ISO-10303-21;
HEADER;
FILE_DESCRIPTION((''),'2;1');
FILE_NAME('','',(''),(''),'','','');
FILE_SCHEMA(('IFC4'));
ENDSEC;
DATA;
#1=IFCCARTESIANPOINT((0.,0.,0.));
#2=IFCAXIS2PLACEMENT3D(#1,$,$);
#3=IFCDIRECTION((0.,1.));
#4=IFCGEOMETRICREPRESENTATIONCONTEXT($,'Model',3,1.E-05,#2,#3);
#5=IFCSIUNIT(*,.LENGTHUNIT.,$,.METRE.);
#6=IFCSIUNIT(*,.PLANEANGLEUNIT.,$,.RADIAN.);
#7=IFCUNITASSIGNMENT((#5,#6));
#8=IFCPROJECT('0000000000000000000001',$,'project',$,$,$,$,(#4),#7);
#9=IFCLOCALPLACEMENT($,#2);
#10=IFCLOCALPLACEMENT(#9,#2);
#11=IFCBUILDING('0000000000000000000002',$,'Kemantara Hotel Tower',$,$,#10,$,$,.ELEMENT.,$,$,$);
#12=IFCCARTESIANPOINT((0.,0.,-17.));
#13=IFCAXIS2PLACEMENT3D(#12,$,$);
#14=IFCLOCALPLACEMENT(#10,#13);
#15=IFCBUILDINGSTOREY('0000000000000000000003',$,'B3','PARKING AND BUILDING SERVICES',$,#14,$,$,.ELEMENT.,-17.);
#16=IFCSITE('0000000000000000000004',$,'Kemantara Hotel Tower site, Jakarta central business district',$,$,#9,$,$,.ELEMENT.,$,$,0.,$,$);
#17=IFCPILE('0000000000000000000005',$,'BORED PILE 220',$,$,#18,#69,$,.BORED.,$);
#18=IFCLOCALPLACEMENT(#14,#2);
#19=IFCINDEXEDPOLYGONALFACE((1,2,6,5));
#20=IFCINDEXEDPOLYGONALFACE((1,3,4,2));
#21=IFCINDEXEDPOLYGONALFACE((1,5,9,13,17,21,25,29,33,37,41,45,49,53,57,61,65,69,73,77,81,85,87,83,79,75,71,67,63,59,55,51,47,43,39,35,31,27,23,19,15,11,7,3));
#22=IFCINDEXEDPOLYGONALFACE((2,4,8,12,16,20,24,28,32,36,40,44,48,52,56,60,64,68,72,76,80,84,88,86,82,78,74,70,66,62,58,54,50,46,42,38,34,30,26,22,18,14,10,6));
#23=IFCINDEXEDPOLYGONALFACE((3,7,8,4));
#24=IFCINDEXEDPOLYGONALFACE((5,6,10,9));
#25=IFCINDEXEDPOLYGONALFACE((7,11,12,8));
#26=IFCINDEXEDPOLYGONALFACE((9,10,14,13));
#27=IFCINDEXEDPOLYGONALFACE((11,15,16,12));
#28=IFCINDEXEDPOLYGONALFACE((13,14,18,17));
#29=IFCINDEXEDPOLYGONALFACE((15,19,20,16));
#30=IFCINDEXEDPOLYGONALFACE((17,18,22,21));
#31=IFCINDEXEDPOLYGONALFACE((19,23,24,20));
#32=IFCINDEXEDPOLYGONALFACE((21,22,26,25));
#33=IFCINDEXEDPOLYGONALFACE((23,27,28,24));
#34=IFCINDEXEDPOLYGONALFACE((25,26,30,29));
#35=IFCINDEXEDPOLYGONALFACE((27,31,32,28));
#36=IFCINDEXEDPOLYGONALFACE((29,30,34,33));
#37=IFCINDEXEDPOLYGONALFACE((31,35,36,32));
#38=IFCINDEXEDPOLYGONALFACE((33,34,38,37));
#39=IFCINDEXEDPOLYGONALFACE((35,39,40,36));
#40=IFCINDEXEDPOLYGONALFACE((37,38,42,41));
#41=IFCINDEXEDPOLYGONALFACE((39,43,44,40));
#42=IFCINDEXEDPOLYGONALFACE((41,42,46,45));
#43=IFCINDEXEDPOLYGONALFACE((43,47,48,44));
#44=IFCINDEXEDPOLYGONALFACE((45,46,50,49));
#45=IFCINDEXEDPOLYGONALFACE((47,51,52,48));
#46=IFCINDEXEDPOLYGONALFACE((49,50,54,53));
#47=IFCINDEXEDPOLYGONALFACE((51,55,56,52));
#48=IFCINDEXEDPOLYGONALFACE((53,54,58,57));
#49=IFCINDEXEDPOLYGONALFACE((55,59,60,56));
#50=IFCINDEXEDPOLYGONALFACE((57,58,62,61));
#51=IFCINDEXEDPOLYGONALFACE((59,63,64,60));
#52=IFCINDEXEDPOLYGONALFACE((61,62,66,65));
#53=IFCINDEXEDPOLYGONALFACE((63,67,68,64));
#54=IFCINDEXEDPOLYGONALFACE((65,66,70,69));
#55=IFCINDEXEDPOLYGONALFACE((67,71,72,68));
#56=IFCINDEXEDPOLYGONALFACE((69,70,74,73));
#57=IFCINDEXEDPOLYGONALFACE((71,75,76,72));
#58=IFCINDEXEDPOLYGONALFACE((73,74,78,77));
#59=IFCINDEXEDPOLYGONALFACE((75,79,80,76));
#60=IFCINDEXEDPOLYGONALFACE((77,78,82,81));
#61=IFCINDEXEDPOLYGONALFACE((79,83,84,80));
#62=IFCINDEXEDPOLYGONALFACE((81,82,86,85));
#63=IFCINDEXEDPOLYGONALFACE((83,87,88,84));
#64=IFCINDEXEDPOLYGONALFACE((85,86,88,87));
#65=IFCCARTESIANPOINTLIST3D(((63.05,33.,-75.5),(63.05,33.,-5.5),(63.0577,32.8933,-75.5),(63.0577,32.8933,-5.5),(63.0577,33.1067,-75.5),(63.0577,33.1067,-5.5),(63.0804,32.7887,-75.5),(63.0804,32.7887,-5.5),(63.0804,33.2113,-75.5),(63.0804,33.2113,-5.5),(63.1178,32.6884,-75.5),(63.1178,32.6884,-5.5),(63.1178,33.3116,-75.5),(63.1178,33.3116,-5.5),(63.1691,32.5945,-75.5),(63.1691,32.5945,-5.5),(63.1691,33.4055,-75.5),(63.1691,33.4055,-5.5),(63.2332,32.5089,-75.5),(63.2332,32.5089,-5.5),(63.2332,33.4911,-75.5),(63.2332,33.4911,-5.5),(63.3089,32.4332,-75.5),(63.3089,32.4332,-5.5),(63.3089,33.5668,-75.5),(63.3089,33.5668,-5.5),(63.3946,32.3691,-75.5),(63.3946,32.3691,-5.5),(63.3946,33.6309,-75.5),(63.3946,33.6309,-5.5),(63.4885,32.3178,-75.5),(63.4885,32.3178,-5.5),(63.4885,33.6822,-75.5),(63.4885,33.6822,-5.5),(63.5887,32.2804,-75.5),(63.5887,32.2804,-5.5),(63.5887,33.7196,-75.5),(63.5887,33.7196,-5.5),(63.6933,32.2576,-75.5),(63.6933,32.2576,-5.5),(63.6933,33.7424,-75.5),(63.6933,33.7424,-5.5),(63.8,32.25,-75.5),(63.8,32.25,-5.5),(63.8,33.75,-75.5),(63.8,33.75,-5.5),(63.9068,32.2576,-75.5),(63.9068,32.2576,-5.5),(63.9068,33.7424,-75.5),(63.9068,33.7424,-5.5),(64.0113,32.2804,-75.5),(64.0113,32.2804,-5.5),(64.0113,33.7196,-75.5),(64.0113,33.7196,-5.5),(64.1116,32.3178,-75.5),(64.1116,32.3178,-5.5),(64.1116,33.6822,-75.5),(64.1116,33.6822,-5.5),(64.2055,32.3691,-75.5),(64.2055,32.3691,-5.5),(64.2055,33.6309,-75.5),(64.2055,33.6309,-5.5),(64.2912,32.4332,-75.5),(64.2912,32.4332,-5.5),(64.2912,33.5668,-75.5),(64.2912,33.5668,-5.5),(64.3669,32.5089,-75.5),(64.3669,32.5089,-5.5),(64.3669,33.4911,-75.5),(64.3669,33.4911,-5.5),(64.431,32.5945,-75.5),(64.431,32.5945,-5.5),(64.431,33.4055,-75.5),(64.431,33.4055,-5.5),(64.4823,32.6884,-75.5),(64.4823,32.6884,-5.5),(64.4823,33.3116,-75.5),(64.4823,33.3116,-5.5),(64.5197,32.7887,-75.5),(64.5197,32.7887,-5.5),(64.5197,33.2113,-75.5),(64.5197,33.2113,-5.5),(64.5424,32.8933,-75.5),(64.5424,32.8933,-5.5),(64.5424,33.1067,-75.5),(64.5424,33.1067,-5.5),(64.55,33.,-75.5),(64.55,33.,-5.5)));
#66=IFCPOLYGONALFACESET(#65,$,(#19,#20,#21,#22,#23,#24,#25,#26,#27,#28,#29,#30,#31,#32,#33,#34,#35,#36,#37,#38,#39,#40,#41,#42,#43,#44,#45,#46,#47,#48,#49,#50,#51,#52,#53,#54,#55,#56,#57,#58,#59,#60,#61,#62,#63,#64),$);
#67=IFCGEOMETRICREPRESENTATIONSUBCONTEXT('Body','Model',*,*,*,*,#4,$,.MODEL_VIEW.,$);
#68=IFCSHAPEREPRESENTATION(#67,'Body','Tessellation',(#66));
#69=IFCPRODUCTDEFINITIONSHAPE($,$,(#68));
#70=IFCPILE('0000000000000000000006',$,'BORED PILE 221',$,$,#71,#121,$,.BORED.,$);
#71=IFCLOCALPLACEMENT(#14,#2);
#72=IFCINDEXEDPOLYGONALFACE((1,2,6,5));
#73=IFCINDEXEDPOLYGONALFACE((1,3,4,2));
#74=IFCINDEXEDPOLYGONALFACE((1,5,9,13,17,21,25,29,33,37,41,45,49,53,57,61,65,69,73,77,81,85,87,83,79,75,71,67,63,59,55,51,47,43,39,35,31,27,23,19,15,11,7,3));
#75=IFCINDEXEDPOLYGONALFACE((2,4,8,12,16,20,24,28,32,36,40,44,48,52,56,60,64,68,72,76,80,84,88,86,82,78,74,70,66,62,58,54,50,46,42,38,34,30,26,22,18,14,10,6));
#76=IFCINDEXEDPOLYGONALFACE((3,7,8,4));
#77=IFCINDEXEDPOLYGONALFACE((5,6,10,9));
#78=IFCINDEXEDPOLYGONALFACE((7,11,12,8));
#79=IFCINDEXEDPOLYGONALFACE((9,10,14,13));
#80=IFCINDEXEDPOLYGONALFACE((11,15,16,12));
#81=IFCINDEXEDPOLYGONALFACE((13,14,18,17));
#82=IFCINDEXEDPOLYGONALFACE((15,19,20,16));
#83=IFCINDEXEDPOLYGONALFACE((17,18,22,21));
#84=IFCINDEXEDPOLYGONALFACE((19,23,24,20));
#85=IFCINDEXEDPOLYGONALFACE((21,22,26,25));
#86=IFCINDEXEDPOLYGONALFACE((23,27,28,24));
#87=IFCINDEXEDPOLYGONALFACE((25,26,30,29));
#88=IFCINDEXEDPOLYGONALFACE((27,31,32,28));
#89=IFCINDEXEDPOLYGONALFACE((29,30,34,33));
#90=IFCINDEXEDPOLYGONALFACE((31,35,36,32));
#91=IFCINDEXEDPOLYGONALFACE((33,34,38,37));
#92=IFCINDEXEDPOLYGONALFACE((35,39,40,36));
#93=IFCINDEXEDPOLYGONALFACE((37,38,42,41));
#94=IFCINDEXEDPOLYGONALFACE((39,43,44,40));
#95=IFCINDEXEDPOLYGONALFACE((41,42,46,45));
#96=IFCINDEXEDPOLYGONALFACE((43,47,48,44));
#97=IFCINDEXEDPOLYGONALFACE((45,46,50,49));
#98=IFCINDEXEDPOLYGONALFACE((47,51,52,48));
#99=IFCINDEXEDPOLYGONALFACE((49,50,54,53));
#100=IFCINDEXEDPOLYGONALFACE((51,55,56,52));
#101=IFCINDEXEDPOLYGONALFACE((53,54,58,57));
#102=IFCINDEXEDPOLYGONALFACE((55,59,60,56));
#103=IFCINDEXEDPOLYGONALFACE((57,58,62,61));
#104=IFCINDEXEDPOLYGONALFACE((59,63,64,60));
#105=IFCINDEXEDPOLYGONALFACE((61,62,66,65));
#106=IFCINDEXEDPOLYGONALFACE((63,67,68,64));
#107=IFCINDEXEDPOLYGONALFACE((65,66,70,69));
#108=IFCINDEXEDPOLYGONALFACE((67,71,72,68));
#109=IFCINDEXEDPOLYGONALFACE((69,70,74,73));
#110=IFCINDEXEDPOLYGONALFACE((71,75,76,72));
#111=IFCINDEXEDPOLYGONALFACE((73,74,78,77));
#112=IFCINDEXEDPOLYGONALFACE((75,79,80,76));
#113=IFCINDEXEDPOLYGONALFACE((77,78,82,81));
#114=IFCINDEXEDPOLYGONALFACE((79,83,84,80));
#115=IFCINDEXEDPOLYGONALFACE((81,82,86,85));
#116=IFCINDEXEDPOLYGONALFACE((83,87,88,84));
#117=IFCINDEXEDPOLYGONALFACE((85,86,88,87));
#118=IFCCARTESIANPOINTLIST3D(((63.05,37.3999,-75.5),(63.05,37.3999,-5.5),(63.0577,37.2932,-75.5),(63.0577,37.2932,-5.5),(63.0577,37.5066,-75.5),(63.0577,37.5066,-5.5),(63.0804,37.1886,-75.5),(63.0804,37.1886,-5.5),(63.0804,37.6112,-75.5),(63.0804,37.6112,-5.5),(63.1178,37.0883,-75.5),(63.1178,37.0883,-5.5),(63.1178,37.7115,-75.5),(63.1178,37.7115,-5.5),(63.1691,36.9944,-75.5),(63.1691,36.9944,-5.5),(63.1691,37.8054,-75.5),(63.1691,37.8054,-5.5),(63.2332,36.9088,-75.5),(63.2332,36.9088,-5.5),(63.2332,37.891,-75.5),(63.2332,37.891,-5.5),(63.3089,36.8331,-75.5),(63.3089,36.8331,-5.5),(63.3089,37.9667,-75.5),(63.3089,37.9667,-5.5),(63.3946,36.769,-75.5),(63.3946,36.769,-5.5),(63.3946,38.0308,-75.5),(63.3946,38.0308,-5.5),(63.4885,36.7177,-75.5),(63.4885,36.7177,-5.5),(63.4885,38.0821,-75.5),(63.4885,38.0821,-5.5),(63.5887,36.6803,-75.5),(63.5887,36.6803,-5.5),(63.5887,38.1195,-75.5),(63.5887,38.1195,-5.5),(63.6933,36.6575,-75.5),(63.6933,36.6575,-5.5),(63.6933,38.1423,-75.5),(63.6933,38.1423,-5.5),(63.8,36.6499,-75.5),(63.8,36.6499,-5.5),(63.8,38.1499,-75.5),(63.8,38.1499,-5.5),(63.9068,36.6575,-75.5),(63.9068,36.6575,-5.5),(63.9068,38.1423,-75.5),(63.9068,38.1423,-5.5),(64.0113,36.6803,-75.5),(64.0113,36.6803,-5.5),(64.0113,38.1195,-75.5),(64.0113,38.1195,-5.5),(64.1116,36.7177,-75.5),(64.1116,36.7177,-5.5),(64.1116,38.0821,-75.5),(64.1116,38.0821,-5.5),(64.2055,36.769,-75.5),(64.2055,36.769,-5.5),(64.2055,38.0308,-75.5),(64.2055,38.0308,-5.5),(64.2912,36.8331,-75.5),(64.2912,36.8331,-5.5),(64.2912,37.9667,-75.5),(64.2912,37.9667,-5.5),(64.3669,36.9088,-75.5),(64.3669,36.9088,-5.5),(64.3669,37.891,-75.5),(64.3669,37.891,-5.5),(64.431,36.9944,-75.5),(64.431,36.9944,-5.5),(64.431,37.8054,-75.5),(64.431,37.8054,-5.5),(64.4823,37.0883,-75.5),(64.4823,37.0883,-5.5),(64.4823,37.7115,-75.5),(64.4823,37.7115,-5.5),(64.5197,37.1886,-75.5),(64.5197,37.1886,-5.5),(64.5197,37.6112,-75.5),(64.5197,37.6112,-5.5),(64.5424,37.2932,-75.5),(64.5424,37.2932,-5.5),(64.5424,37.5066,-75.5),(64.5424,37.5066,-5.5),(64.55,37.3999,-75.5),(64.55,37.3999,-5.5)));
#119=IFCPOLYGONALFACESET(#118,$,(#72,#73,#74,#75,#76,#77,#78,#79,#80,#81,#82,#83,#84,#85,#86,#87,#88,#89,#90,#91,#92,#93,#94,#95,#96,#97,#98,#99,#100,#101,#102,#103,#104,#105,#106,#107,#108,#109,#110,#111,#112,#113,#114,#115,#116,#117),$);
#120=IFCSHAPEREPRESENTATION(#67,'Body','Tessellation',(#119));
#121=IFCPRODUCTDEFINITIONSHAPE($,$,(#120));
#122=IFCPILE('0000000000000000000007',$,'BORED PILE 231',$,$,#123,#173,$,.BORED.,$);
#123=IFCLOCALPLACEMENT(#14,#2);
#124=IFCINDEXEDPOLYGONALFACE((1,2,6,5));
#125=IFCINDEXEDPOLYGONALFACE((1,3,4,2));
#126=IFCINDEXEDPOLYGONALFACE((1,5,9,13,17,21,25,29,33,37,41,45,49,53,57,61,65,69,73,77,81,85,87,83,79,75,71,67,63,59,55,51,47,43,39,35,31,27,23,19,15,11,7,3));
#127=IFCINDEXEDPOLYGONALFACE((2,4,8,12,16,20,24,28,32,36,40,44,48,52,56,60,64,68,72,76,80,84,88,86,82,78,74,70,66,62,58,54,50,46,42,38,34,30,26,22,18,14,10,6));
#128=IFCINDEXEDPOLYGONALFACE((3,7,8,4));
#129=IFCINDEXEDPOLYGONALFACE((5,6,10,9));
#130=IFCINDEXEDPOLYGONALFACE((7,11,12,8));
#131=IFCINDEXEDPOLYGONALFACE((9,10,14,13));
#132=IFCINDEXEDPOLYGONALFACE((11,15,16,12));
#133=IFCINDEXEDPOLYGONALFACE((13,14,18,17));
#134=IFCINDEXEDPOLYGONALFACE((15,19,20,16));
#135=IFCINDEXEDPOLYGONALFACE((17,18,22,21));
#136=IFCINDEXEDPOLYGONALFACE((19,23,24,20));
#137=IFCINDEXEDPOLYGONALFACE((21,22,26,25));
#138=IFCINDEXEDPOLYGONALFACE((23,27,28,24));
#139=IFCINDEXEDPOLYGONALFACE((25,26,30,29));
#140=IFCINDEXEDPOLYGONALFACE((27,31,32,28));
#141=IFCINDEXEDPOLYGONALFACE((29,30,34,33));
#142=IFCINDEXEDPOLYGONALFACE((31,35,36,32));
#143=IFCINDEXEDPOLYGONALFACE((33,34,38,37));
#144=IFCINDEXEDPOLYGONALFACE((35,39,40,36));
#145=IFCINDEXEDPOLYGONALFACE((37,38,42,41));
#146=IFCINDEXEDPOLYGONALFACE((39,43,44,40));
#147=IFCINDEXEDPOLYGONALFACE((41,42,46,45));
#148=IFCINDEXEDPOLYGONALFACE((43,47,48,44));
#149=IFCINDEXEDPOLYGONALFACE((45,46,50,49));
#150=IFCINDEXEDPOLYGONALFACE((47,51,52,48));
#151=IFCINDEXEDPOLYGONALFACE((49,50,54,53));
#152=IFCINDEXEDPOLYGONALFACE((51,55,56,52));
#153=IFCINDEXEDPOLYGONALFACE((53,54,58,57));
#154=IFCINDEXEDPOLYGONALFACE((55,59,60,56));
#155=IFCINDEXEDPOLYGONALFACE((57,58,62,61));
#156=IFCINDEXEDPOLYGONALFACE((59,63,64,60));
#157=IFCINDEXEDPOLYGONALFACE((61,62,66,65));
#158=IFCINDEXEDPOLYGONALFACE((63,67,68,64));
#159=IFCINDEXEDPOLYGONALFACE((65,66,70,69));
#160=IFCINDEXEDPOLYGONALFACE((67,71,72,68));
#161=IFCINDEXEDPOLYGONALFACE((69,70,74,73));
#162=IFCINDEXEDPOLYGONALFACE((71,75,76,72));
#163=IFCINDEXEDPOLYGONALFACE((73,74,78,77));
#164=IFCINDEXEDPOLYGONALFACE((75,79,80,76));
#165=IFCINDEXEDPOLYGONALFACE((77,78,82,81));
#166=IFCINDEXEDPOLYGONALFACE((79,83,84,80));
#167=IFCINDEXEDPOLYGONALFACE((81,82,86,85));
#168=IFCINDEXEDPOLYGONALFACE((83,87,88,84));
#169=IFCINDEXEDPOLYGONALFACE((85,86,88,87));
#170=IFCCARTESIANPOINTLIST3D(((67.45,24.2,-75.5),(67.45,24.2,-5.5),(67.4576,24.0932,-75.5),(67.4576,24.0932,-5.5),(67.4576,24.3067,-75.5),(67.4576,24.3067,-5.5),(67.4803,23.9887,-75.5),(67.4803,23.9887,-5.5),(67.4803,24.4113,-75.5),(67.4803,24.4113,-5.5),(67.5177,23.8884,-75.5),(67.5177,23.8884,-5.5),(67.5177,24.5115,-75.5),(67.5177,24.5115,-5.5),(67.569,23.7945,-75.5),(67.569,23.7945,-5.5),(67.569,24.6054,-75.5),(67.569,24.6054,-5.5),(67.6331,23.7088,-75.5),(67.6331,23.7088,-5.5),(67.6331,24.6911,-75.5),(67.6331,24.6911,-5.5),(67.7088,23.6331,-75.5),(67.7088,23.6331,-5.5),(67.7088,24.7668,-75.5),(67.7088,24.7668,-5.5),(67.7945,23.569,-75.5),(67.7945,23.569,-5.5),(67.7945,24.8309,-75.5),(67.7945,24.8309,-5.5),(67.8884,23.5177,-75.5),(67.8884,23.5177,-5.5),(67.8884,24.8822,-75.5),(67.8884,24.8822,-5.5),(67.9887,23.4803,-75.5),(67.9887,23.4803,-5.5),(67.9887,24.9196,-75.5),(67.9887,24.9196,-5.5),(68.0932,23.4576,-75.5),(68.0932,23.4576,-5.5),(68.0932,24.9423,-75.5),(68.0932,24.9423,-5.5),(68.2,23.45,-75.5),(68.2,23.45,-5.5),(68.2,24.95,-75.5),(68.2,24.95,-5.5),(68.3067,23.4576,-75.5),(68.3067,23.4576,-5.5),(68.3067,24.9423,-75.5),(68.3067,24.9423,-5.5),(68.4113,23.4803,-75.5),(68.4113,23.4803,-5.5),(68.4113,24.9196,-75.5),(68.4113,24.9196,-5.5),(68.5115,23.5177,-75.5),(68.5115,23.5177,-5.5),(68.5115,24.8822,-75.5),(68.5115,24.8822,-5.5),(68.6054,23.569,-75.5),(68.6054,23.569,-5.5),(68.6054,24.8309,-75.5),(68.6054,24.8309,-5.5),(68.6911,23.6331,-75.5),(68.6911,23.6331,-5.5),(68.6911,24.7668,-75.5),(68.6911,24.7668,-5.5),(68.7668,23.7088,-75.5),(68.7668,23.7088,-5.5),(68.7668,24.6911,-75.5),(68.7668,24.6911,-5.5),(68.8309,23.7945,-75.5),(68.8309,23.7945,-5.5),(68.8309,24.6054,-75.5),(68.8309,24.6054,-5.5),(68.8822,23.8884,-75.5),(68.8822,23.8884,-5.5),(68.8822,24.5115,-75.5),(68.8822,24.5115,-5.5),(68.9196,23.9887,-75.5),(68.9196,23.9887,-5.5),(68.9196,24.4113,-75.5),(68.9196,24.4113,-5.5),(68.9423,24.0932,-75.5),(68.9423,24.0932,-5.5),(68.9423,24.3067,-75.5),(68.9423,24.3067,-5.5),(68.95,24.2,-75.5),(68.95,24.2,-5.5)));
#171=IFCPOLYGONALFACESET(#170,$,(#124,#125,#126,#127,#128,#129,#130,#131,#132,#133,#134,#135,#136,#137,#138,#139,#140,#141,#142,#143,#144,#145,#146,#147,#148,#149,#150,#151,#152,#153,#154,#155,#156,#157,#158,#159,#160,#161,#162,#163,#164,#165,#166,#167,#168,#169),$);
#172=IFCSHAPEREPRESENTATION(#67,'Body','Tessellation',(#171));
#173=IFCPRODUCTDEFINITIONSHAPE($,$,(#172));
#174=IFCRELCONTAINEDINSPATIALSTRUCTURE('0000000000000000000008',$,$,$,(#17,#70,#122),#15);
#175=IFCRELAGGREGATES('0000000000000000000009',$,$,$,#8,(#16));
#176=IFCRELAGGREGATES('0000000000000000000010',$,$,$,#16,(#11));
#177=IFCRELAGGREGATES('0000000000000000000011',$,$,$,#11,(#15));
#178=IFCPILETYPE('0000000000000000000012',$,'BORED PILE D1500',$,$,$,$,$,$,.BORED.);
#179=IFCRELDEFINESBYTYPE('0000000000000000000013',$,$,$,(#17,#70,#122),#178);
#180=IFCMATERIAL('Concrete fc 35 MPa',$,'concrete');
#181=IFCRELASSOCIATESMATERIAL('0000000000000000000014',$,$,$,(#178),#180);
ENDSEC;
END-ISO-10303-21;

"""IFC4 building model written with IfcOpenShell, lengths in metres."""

from ifc_helpers import new_model, si_unit, direction, frame, origin, origin_2d, place, context, subcontext, project, spatial, circle, extrude, material, material_profile, profile_set, type_object, element, save


model = new_model("IFC4")

# Units and contexts
model_context = context("Model", 3, precision=1e-05, world=origin(), true_north=direction((0.0, 1.0)))
body_context = subcontext(model_context, "Body", "Model", "MODEL_VIEW")
ifc_project = project(units=[si_unit("LENGTHUNIT", "METRE"), si_unit("PLANEANGLEUNIT", "RADIAN")], contexts=[model_context])

# Site, building, storey
site_placement = place(None, origin())
site = spatial("IfcSite", under=ifc_project, at=site_placement, Name="Kemantara Hotel Tower site, Jakarta central business district", CompositionType="ELEMENT", RefElevation=0.0)
building_placement = place(site_placement, origin())
building = spatial("IfcBuilding", under=site, at=building_placement, Name="Kemantara Hotel Tower", CompositionType="ELEMENT")
storey_placement = place(building_placement, frame((0.0, 0.0, -17.0)))
storey = spatial("IfcBuildingStorey", under=building, at=storey_placement, Name="B3", Description="PARKING AND BUILDING SERVICES", CompositionType="ELEMENT", Elevation=-17.0)

# Piles
ifc_material_1 = material(Name="Concrete fc 35 MPa", Category="concrete")
ifc_material_profile_1 = material_profile(ifc_material_1, circle(Radius=0.75, at=origin_2d()), Name="BORED PILE D1500")
ifc_profile_set_1 = profile_set([ifc_material_profile_1], Name="Concrete fc 35 MPa")
pile_type = type_object("IfcPileType", Name="BORED PILE D1500", PredefinedType="BORED", material=ifc_profile_set_1)
for number, where, z_axis, x_axis, name in (
    (1, (63.8, 33.0, -5.5), (0.0, 0.0, -1.0), (1.0, 0.0, 0.0), "BORED PILE 220"),
    (2, (63.8, 37.3999, -5.5), (0.0, 0.0, -1.0), (1.0, 0.0, 0.0), "BORED PILE 221"),
    (3, (68.2, 24.2, -5.5), (0.0, 0.0, -1.0), (1.0, 0.0, 0.0), "BORED PILE 231"),
):
    element("IfcPile", number, at=place(storey_placement, frame(where, z_axis=z_axis, x_axis=x_axis)), inside=storey, type_object=pile_type, Name=name, PredefinedType="BORED", context=body_context, shape_type="SweptSolid", body=[
        extrude(circle(Radius=0.75, at=origin_2d()), origin(), (0.0, 0.0, 1.0), 70.0),
    ])

save(model, "model.ifc")
